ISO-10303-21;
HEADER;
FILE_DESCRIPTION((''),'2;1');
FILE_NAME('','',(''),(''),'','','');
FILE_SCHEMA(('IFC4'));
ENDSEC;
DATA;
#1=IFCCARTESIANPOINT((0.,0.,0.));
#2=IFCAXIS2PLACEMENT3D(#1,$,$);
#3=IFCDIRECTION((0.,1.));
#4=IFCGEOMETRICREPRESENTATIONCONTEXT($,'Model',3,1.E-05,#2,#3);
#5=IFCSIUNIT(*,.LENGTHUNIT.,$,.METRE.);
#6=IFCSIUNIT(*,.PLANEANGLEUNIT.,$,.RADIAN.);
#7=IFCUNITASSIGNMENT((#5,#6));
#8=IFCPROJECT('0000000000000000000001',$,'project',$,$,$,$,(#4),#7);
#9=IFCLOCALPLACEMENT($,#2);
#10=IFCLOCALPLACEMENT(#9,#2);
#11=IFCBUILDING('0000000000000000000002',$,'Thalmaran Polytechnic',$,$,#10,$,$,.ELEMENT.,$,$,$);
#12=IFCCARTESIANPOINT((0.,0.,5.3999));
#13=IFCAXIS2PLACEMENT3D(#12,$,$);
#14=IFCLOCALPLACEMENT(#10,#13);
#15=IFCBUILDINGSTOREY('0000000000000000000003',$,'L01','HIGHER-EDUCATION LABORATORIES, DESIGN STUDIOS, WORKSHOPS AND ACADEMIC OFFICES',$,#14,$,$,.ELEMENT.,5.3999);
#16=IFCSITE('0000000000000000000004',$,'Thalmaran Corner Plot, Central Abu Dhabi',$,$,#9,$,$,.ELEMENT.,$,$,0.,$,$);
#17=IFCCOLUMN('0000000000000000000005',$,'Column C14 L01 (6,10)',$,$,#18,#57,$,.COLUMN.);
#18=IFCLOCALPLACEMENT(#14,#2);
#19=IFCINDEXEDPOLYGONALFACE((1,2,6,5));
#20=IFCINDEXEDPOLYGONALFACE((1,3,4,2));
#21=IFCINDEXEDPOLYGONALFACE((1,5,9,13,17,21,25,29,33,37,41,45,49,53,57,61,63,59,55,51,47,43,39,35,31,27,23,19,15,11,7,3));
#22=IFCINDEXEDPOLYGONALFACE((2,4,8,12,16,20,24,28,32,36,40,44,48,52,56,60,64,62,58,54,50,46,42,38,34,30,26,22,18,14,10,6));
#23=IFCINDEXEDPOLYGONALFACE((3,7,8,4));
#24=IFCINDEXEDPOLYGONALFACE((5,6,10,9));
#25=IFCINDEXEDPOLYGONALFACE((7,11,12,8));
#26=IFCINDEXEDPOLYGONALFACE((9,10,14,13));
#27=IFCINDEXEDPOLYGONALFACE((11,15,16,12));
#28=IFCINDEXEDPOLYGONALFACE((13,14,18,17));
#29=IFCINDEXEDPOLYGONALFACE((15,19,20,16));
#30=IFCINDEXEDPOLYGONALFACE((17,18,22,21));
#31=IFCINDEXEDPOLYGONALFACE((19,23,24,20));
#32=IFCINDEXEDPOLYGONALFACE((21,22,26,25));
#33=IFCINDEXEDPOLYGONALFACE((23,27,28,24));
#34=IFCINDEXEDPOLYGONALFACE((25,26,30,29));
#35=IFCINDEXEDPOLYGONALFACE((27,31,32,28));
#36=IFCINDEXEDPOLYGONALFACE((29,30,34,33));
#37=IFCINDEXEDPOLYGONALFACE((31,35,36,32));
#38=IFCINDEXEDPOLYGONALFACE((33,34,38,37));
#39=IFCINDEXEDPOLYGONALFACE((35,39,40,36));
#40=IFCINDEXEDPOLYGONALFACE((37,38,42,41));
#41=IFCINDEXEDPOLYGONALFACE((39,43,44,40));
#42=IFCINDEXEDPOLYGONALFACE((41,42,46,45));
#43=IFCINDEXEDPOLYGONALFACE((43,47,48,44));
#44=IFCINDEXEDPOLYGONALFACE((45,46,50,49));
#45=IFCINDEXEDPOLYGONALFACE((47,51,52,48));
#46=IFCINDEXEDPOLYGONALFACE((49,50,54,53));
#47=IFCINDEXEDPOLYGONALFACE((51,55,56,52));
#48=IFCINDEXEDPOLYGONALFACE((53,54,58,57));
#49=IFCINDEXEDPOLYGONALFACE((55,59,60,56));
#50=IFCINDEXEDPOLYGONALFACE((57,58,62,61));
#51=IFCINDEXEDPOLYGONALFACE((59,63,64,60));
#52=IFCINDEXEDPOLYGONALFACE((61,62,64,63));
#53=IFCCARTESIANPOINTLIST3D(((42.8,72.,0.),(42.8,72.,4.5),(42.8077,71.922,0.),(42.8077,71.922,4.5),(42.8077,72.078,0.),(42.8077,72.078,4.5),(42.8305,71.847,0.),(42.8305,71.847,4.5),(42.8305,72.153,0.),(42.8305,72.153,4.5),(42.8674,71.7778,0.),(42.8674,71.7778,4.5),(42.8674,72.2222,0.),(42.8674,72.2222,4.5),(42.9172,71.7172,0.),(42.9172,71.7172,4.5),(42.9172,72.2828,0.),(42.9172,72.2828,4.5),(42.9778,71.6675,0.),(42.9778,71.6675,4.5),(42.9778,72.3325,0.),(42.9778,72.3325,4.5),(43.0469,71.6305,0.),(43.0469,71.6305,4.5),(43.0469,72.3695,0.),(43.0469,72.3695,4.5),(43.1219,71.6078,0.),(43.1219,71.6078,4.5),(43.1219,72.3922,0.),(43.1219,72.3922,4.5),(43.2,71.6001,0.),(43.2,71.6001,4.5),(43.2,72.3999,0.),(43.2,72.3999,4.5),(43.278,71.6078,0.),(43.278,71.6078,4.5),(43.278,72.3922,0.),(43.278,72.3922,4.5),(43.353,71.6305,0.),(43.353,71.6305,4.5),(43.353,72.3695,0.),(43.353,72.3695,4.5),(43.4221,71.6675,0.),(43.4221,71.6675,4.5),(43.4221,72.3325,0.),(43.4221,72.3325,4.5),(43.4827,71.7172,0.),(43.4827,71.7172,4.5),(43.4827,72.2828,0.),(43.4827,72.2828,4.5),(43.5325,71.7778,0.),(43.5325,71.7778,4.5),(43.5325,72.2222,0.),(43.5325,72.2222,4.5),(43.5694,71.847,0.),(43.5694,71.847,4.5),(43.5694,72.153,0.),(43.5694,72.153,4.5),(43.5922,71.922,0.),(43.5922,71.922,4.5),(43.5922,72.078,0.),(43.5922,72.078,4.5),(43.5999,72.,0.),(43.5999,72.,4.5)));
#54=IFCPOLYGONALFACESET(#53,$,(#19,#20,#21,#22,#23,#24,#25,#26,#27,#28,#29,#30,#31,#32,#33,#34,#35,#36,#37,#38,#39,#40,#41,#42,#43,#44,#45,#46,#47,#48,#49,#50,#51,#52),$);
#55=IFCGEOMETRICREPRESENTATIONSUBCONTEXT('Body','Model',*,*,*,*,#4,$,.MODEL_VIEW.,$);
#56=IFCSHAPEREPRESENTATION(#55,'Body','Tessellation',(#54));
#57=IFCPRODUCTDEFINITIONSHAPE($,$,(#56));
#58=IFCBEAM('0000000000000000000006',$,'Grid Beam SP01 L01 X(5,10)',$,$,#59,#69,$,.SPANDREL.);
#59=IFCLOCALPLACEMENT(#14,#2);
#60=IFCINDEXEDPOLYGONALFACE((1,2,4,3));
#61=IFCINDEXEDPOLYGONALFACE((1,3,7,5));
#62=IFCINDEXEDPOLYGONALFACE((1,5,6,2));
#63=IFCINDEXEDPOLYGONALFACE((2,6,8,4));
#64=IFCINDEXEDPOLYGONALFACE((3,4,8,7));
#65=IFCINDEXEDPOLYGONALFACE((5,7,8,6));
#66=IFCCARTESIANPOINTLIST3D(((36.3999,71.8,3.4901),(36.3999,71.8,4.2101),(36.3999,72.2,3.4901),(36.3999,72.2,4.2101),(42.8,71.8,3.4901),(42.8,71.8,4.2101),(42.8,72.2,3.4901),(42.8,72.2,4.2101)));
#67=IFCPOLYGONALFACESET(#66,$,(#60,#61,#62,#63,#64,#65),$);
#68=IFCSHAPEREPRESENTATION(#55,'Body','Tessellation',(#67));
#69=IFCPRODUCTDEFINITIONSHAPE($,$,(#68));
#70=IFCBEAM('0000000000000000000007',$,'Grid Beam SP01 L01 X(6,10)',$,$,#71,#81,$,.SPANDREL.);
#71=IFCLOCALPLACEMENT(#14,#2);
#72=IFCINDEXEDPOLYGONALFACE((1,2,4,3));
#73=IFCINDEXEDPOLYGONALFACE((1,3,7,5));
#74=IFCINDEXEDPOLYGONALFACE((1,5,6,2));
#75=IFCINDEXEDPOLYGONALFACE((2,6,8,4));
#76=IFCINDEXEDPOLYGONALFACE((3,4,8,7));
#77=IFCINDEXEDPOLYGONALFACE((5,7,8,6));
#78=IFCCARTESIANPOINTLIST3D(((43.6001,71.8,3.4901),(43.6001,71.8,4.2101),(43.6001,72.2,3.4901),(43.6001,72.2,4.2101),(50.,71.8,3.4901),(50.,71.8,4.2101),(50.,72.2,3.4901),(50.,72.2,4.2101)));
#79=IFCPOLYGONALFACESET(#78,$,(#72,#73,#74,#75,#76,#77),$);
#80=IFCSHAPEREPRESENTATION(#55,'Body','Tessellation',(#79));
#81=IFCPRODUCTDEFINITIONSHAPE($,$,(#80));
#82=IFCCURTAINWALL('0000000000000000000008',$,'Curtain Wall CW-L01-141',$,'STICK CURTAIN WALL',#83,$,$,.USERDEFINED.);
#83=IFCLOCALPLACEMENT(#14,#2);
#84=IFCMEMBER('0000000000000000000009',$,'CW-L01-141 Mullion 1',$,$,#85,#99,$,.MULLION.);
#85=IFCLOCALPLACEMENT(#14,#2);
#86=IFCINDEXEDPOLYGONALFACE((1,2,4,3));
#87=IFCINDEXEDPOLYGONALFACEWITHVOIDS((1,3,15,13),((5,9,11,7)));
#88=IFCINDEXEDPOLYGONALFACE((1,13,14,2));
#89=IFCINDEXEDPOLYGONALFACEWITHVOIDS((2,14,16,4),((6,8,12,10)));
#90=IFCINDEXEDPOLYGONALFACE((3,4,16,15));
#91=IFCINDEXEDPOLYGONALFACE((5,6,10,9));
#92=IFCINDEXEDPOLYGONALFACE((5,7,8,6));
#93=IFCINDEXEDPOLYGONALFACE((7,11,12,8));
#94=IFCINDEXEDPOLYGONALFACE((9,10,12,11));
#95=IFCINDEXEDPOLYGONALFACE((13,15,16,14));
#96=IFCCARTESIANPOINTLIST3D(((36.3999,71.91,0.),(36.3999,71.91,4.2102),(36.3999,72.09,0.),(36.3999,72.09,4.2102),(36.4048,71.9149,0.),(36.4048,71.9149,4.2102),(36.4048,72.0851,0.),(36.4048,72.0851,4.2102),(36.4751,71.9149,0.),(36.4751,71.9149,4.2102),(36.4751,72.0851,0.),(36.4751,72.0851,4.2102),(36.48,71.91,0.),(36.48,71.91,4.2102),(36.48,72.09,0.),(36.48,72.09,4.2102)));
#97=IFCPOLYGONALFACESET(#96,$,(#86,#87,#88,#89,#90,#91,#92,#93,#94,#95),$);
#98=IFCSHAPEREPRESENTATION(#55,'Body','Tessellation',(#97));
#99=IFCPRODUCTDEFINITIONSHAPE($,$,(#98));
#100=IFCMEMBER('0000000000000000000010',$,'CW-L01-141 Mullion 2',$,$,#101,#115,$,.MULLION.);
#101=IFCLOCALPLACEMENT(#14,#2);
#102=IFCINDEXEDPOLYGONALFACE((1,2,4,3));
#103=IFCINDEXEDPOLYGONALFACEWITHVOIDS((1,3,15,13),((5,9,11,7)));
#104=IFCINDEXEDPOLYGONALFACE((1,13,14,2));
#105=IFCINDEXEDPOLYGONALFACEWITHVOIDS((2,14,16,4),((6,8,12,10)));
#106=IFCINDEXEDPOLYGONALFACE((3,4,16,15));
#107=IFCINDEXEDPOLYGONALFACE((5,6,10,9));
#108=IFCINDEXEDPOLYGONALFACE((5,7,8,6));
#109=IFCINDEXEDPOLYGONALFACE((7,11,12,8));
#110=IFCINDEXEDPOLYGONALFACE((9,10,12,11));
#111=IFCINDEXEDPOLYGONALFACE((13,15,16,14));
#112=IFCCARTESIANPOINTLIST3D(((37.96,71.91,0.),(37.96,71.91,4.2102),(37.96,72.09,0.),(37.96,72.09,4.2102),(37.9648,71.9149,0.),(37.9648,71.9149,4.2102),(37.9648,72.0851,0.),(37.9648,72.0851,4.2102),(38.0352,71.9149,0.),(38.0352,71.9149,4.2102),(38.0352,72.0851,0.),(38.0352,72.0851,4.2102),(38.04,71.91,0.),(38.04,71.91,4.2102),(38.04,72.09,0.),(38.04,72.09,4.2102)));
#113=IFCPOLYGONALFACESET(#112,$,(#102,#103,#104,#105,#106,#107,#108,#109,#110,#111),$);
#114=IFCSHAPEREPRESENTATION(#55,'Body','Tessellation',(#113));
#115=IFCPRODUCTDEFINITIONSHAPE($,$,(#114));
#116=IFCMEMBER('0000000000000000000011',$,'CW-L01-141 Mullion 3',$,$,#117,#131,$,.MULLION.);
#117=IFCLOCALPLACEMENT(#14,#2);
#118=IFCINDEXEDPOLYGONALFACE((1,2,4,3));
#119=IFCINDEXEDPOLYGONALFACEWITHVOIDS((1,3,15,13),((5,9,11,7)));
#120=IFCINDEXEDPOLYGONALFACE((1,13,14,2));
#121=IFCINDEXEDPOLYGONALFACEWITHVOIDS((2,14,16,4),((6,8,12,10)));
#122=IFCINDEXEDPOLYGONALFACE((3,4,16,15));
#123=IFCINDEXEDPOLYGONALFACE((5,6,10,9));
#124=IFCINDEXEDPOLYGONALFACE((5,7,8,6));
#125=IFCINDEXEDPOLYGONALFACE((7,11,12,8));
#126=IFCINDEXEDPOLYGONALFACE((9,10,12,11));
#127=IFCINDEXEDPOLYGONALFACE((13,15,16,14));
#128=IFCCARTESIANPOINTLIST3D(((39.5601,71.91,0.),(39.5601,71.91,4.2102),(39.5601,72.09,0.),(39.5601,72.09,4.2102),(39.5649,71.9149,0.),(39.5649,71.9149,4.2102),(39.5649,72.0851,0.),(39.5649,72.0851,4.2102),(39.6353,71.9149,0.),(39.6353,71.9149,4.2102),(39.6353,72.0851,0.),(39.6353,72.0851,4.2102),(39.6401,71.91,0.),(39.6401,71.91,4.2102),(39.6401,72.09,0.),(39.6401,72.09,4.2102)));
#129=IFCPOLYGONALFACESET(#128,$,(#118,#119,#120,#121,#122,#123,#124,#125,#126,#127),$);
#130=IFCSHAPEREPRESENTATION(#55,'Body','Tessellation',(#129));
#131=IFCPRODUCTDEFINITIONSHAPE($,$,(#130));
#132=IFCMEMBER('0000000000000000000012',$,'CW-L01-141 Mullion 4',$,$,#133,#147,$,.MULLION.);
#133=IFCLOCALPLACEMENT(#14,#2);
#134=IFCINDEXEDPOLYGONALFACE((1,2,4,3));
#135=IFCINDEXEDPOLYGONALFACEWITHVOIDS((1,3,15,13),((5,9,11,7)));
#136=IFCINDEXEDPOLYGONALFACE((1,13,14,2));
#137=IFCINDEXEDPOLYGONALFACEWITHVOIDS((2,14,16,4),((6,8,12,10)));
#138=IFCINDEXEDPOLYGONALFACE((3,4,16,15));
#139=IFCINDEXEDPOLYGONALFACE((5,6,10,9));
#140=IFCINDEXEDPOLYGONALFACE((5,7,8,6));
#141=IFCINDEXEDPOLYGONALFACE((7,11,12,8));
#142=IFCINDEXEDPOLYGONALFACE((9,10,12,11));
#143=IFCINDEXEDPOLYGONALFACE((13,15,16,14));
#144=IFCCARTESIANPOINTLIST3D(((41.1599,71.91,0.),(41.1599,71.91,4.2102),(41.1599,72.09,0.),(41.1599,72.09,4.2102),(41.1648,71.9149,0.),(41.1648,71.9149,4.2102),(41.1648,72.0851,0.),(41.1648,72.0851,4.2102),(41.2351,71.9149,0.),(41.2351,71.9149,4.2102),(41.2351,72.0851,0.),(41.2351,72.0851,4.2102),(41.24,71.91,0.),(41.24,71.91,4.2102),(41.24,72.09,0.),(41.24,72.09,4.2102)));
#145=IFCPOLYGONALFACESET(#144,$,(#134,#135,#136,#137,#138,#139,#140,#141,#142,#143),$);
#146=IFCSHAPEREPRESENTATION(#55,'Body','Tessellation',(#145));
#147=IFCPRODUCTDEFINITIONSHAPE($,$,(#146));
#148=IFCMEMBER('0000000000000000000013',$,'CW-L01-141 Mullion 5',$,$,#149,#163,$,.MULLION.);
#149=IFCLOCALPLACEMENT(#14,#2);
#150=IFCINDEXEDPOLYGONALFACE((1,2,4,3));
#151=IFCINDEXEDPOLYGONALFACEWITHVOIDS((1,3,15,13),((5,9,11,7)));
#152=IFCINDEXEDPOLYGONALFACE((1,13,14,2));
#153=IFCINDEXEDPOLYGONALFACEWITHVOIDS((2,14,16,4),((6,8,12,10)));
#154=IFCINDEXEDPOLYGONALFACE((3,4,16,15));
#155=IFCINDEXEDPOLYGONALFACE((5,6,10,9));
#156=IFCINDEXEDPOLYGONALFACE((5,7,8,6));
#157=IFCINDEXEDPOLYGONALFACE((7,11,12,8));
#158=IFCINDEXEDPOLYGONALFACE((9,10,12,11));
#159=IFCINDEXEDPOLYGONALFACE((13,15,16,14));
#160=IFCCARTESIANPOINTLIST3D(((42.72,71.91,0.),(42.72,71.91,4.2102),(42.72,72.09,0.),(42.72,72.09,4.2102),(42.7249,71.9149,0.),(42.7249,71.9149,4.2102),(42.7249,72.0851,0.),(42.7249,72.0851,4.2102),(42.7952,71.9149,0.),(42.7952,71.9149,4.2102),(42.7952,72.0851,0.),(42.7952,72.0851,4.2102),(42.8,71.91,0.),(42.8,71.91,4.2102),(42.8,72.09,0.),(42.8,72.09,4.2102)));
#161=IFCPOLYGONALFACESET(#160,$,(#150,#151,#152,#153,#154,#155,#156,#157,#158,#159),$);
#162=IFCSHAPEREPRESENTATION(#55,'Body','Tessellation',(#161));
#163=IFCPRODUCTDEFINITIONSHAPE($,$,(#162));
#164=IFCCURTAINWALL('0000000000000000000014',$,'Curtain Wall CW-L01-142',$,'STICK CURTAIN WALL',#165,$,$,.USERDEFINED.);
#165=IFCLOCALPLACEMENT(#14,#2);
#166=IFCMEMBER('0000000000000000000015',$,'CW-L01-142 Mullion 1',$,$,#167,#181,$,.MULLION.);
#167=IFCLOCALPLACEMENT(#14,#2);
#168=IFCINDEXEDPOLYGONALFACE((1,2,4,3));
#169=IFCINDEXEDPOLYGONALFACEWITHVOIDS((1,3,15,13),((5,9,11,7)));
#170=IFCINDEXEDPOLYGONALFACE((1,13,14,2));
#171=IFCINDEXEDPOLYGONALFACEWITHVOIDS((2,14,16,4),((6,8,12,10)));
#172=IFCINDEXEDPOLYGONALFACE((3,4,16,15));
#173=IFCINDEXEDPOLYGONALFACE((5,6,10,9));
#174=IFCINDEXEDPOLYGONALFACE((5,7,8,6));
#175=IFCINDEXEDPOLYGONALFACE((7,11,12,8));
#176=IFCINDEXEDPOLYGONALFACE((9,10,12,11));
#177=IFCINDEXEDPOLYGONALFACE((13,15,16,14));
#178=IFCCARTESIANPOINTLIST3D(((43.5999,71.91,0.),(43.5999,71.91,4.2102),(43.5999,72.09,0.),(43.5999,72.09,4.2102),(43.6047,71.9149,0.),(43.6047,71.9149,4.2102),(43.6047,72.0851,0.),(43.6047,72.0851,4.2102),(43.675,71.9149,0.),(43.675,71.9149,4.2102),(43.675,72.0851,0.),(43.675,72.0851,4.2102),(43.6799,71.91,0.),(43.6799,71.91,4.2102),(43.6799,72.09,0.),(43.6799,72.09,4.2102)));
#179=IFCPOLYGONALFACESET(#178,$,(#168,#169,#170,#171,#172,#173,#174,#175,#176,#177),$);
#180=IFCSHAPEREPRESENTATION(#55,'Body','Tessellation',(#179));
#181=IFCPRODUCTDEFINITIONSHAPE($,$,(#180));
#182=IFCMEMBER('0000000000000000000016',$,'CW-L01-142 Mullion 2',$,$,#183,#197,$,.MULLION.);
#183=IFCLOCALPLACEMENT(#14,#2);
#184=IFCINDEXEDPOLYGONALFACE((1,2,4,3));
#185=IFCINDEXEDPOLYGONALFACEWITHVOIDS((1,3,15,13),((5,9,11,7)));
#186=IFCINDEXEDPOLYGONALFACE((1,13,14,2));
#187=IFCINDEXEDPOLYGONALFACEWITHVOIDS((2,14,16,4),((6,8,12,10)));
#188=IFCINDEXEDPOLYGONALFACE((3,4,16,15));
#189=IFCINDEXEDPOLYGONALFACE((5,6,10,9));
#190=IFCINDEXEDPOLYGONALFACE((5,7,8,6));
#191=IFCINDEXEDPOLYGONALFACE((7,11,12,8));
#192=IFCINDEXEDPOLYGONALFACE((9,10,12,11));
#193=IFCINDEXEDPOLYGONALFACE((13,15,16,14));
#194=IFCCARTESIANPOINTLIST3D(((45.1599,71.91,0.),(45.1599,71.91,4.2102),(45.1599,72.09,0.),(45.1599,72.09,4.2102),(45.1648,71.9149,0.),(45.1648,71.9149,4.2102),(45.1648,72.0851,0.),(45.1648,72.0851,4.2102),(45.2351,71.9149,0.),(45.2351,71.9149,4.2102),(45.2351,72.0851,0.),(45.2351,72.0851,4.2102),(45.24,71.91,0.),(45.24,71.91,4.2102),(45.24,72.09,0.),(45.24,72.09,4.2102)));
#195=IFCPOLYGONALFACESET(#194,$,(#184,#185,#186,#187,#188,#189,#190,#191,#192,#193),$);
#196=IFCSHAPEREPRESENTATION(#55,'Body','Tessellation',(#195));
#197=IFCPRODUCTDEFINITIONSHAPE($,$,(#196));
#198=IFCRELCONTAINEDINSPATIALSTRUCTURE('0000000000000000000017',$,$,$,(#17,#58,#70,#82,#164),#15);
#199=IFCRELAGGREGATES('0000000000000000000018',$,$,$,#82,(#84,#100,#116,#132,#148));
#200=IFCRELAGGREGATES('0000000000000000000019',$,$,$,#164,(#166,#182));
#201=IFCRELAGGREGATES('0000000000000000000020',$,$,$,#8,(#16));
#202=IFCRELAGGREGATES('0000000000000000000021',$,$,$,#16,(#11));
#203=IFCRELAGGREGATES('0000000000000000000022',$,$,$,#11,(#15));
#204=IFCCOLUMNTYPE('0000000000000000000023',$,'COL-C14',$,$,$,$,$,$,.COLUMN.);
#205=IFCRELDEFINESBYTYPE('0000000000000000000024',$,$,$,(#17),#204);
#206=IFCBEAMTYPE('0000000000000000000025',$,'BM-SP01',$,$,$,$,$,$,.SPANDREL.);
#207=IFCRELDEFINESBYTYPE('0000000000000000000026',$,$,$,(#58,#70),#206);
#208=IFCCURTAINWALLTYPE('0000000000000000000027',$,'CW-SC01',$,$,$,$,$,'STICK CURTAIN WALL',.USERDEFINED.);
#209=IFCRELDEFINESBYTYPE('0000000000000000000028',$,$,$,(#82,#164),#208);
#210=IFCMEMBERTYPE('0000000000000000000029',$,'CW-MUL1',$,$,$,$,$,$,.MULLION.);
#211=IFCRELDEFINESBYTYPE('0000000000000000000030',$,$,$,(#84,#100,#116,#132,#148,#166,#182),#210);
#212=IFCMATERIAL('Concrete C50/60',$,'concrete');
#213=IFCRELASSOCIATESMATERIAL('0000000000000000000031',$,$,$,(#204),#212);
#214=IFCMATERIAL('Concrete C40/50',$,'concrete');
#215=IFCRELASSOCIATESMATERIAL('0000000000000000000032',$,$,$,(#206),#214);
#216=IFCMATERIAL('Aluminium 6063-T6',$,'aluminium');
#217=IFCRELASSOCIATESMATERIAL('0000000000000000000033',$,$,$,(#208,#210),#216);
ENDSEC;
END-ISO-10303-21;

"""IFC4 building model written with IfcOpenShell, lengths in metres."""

from ifc_helpers import new_model, si_unit, direction, frame, origin, origin_2d, place, context, subcontext, project, spatial, rectangle, hollow_rectangle, circle, extrude, material, material_profile, profile_set, type_object, element, aggregate, save


model = new_model("IFC4")

# Units and contexts
model_context = context("Model", 3, precision=1e-05, world=origin(), true_north=direction((0.0, 1.0)))
body_context = subcontext(model_context, "Body", "Model", "MODEL_VIEW")
ifc_project = project(units=[si_unit("LENGTHUNIT", "METRE"), si_unit("PLANEANGLEUNIT", "RADIAN")], contexts=[model_context])

# Site, building, storey
site_placement = place(None, origin())
site = spatial("IfcSite", under=ifc_project, at=site_placement, Name="Thalmaran Corner Plot, Central Abu Dhabi", CompositionType="ELEMENT", RefElevation=0.0)
building_placement = place(site_placement, origin())
building = spatial("IfcBuilding", under=site, at=building_placement, Name="Thalmaran Polytechnic", CompositionType="ELEMENT")
storey_placement = place(building_placement, frame((0.0, 0.0, 5.3999)))
storey = spatial("IfcBuildingStorey", under=building, at=storey_placement, Name="L01", Description="HIGHER-EDUCATION LABORATORIES, DESIGN STUDIOS, WORKSHOPS AND ACADEMIC OFFICES", CompositionType="ELEMENT", Elevation=5.3999)

# Column
ifc_material_1 = material(Name="Concrete C50/60", Category="concrete")
ifc_material_profile_1 = material_profile(ifc_material_1, circle(Radius=0.3999, at=origin_2d()), Name="RC 800 DIA")
ifc_profile_set_1 = profile_set([ifc_material_profile_1], Name="Concrete C50/60")
column_type = type_object("IfcColumnType", Name="COL-C14", PredefinedType="COLUMN", material=ifc_profile_set_1)
column_placement = place(storey_placement, frame((43.2, 72.0, 0.0), z_axis=(0.0, 0.0, 1.0), x_axis=(1.0, 0.0, 0.0)))
element("IfcColumn", 1, at=column_placement, inside=storey, type_object=column_type, Name="Column C14 L01 (6,10)", PredefinedType="COLUMN", context=body_context, shape_type="SweptSolid", body=[
    extrude(circle(Radius=0.3999, at=origin_2d()), origin(), (0.0, 0.0, 1.0), 4.5),
])

# Beams
ifc_material_2 = material(Name="Concrete C40/50", Category="concrete")
ifc_material_profile_2 = material_profile(ifc_material_2, rectangle(XDim=0.3999, YDim=0.72, at=origin_2d()), Name="RC 400x720")
ifc_profile_set_2 = profile_set([ifc_material_profile_2], Name="Concrete C40/50")
beam_type = type_object("IfcBeamType", Name="BM-SP01", PredefinedType="SPANDREL", material=ifc_profile_set_2)
beam_1_placement = place(storey_placement, frame((36.3999, 72.0, 3.8501), z_axis=(1.0, 0.0, 0.0), x_axis=(0.0, 1.0, 0.0)))
element("IfcBeam", 2, at=beam_1_placement, inside=storey, type_object=beam_type, Name="Grid Beam SP01 L01 X(5,10)", PredefinedType="SPANDREL", context=body_context, shape_type="SweptSolid", body=[
    extrude(rectangle(XDim=0.3999, YDim=0.72, at=origin_2d()), origin(), (0.0, 0.0, 1.0), 6.4001),
])
beam_2_placement = place(storey_placement, frame((43.6001, 72.0, 3.8501), z_axis=(1.0, 0.0, 0.0), x_axis=(0.0, 1.0, 0.0)))
element("IfcBeam", 3, at=beam_2_placement, inside=storey, type_object=beam_type, Name="Grid Beam SP01 L01 X(6,10)", PredefinedType="SPANDREL", context=body_context, shape_type="SweptSolid", body=[
    extrude(rectangle(XDim=0.3999, YDim=0.72, at=origin_2d()), origin(), (0.0, 0.0, 1.0), 6.3999),
])

# Curtain walls, members
ifc_material_3 = material(Name="Aluminium 6063-T6", Category="aluminium")
curtain_wall_type = type_object("IfcCurtainWallType", Name="CW-SC01", ElementType="STICK CURTAIN WALL", PredefinedType="USERDEFINED", material=ifc_material_3)
curtain_wall_1_placement = place(storey_placement, origin())
curtain_wall_1 = element("IfcCurtainWall", 4, at=curtain_wall_1_placement, inside=storey, type_object=curtain_wall_type, Name="Curtain Wall CW-L01-141", ObjectType="STICK CURTAIN WALL", PredefinedType="USERDEFINED")
ifc_material_profile_3 = material_profile(ifc_material_3, hollow_rectangle(XDim=0.0801, YDim=0.1799, WallThickness=0.0049, at=origin_2d()), Name="RHS 180x80x5.0")
ifc_profile_set_3 = profile_set([ifc_material_profile_3], Name="Aluminium 6063-T6")
member_type_1 = type_object("IfcMemberType", Name="CW-MUL1", PredefinedType="MULLION", material=ifc_profile_set_3)
member_1_placement = place(storey_placement, frame((36.4399, 72.0, 0.0), z_axis=(0.0, 0.0, 1.0), x_axis=(1.0, 0.0, 0.0)))
member_1 = element("IfcMember", 5, at=member_1_placement, type_object=member_type_1, Name="CW-L01-141 Mullion 1", PredefinedType="MULLION", context=body_context, shape_type="SweptSolid", body=[
    extrude(hollow_rectangle(XDim=0.0801, YDim=0.1799, WallThickness=0.0049, at=origin_2d()), origin(), (0.0, 0.0, 1.0), 4.2102),
])
member_2_placement = place(storey_placement, frame((38.0, 72.0, 0.0), z_axis=(0.0, 0.0, 1.0), x_axis=(1.0, 0.0, 0.0)))
member_2 = element("IfcMember", 6, at=member_2_placement, type_object=member_type_1, Name="CW-L01-141 Mullion 2", PredefinedType="MULLION", context=body_context, shape_type="SweptSolid", body=[
    extrude(hollow_rectangle(XDim=0.0801, YDim=0.1799, WallThickness=0.0049, at=origin_2d()), origin(), (0.0, 0.0, 1.0), 4.2102),
])
member_3_placement = place(storey_placement, frame((39.6001, 72.0, 0.0), z_axis=(0.0, 0.0, 1.0), x_axis=(1.0, 0.0, 0.0)))
member_3 = element("IfcMember", 7, at=member_3_placement, type_object=member_type_1, Name="CW-L01-141 Mullion 3", PredefinedType="MULLION", context=body_context, shape_type="SweptSolid", body=[
    extrude(hollow_rectangle(XDim=0.0801, YDim=0.1799, WallThickness=0.0049, at=origin_2d()), origin(), (0.0, 0.0, 1.0), 4.2102),
])
member_4_placement = place(storey_placement, frame((41.2, 72.0, 0.0), z_axis=(0.0, 0.0, 1.0), x_axis=(1.0, 0.0, 0.0)))
member_4 = element("IfcMember", 8, at=member_4_placement, type_object=member_type_1, Name="CW-L01-141 Mullion 4", PredefinedType="MULLION", context=body_context, shape_type="SweptSolid", body=[
    extrude(hollow_rectangle(XDim=0.0801, YDim=0.1799, WallThickness=0.0049, at=origin_2d()), origin(), (0.0, 0.0, 1.0), 4.2102),
])
member_5_placement = place(storey_placement, frame((42.76, 72.0, 0.0), z_axis=(0.0, 0.0, 1.0), x_axis=(1.0, 0.0, 0.0)))
member_5 = element("IfcMember", 9, at=member_5_placement, type_object=member_type_1, Name="CW-L01-141 Mullion 5", PredefinedType="MULLION", context=body_context, shape_type="SweptSolid", body=[
    extrude(hollow_rectangle(XDim=0.0801, YDim=0.1799, WallThickness=0.0049, at=origin_2d()), origin(), (0.0, 0.0, 1.0), 4.2102),
])
curtain_wall_2_placement = place(storey_placement, origin())
curtain_wall_2 = element("IfcCurtainWall", 10, at=curtain_wall_2_placement, inside=storey, type_object=curtain_wall_type, Name="Curtain Wall CW-L01-142", ObjectType="STICK CURTAIN WALL", PredefinedType="USERDEFINED")
member_6_placement = place(storey_placement, frame((43.6399, 72.0, 0.0), z_axis=(0.0, 0.0, 1.0), x_axis=(1.0, 0.0, 0.0)))
member_6 = element("IfcMember", 11, at=member_6_placement, type_object=member_type_1, Name="CW-L01-142 Mullion 1", PredefinedType="MULLION", context=body_context, shape_type="SweptSolid", body=[
    extrude(hollow_rectangle(XDim=0.0801, YDim=0.1799, WallThickness=0.0049, at=origin_2d()), origin(), (0.0, 0.0, 1.0), 4.2102),
])
member_7_placement = place(storey_placement, frame((45.2, 72.0, 0.0), z_axis=(0.0, 0.0, 1.0), x_axis=(1.0, 0.0, 0.0)))
member_7 = element("IfcMember", 12, at=member_7_placement, type_object=member_type_1, Name="CW-L01-142 Mullion 2", PredefinedType="MULLION", context=body_context, shape_type="SweptSolid", body=[
    extrude(hollow_rectangle(XDim=0.0801, YDim=0.1799, WallThickness=0.0049, at=origin_2d()), origin(), (0.0, 0.0, 1.0), 4.2102),
])

aggregate(curtain_wall_1, [member_1, member_2, member_3, member_4, member_5])
aggregate(curtain_wall_2, [member_6, member_7])

save(model, "model.ifc")
